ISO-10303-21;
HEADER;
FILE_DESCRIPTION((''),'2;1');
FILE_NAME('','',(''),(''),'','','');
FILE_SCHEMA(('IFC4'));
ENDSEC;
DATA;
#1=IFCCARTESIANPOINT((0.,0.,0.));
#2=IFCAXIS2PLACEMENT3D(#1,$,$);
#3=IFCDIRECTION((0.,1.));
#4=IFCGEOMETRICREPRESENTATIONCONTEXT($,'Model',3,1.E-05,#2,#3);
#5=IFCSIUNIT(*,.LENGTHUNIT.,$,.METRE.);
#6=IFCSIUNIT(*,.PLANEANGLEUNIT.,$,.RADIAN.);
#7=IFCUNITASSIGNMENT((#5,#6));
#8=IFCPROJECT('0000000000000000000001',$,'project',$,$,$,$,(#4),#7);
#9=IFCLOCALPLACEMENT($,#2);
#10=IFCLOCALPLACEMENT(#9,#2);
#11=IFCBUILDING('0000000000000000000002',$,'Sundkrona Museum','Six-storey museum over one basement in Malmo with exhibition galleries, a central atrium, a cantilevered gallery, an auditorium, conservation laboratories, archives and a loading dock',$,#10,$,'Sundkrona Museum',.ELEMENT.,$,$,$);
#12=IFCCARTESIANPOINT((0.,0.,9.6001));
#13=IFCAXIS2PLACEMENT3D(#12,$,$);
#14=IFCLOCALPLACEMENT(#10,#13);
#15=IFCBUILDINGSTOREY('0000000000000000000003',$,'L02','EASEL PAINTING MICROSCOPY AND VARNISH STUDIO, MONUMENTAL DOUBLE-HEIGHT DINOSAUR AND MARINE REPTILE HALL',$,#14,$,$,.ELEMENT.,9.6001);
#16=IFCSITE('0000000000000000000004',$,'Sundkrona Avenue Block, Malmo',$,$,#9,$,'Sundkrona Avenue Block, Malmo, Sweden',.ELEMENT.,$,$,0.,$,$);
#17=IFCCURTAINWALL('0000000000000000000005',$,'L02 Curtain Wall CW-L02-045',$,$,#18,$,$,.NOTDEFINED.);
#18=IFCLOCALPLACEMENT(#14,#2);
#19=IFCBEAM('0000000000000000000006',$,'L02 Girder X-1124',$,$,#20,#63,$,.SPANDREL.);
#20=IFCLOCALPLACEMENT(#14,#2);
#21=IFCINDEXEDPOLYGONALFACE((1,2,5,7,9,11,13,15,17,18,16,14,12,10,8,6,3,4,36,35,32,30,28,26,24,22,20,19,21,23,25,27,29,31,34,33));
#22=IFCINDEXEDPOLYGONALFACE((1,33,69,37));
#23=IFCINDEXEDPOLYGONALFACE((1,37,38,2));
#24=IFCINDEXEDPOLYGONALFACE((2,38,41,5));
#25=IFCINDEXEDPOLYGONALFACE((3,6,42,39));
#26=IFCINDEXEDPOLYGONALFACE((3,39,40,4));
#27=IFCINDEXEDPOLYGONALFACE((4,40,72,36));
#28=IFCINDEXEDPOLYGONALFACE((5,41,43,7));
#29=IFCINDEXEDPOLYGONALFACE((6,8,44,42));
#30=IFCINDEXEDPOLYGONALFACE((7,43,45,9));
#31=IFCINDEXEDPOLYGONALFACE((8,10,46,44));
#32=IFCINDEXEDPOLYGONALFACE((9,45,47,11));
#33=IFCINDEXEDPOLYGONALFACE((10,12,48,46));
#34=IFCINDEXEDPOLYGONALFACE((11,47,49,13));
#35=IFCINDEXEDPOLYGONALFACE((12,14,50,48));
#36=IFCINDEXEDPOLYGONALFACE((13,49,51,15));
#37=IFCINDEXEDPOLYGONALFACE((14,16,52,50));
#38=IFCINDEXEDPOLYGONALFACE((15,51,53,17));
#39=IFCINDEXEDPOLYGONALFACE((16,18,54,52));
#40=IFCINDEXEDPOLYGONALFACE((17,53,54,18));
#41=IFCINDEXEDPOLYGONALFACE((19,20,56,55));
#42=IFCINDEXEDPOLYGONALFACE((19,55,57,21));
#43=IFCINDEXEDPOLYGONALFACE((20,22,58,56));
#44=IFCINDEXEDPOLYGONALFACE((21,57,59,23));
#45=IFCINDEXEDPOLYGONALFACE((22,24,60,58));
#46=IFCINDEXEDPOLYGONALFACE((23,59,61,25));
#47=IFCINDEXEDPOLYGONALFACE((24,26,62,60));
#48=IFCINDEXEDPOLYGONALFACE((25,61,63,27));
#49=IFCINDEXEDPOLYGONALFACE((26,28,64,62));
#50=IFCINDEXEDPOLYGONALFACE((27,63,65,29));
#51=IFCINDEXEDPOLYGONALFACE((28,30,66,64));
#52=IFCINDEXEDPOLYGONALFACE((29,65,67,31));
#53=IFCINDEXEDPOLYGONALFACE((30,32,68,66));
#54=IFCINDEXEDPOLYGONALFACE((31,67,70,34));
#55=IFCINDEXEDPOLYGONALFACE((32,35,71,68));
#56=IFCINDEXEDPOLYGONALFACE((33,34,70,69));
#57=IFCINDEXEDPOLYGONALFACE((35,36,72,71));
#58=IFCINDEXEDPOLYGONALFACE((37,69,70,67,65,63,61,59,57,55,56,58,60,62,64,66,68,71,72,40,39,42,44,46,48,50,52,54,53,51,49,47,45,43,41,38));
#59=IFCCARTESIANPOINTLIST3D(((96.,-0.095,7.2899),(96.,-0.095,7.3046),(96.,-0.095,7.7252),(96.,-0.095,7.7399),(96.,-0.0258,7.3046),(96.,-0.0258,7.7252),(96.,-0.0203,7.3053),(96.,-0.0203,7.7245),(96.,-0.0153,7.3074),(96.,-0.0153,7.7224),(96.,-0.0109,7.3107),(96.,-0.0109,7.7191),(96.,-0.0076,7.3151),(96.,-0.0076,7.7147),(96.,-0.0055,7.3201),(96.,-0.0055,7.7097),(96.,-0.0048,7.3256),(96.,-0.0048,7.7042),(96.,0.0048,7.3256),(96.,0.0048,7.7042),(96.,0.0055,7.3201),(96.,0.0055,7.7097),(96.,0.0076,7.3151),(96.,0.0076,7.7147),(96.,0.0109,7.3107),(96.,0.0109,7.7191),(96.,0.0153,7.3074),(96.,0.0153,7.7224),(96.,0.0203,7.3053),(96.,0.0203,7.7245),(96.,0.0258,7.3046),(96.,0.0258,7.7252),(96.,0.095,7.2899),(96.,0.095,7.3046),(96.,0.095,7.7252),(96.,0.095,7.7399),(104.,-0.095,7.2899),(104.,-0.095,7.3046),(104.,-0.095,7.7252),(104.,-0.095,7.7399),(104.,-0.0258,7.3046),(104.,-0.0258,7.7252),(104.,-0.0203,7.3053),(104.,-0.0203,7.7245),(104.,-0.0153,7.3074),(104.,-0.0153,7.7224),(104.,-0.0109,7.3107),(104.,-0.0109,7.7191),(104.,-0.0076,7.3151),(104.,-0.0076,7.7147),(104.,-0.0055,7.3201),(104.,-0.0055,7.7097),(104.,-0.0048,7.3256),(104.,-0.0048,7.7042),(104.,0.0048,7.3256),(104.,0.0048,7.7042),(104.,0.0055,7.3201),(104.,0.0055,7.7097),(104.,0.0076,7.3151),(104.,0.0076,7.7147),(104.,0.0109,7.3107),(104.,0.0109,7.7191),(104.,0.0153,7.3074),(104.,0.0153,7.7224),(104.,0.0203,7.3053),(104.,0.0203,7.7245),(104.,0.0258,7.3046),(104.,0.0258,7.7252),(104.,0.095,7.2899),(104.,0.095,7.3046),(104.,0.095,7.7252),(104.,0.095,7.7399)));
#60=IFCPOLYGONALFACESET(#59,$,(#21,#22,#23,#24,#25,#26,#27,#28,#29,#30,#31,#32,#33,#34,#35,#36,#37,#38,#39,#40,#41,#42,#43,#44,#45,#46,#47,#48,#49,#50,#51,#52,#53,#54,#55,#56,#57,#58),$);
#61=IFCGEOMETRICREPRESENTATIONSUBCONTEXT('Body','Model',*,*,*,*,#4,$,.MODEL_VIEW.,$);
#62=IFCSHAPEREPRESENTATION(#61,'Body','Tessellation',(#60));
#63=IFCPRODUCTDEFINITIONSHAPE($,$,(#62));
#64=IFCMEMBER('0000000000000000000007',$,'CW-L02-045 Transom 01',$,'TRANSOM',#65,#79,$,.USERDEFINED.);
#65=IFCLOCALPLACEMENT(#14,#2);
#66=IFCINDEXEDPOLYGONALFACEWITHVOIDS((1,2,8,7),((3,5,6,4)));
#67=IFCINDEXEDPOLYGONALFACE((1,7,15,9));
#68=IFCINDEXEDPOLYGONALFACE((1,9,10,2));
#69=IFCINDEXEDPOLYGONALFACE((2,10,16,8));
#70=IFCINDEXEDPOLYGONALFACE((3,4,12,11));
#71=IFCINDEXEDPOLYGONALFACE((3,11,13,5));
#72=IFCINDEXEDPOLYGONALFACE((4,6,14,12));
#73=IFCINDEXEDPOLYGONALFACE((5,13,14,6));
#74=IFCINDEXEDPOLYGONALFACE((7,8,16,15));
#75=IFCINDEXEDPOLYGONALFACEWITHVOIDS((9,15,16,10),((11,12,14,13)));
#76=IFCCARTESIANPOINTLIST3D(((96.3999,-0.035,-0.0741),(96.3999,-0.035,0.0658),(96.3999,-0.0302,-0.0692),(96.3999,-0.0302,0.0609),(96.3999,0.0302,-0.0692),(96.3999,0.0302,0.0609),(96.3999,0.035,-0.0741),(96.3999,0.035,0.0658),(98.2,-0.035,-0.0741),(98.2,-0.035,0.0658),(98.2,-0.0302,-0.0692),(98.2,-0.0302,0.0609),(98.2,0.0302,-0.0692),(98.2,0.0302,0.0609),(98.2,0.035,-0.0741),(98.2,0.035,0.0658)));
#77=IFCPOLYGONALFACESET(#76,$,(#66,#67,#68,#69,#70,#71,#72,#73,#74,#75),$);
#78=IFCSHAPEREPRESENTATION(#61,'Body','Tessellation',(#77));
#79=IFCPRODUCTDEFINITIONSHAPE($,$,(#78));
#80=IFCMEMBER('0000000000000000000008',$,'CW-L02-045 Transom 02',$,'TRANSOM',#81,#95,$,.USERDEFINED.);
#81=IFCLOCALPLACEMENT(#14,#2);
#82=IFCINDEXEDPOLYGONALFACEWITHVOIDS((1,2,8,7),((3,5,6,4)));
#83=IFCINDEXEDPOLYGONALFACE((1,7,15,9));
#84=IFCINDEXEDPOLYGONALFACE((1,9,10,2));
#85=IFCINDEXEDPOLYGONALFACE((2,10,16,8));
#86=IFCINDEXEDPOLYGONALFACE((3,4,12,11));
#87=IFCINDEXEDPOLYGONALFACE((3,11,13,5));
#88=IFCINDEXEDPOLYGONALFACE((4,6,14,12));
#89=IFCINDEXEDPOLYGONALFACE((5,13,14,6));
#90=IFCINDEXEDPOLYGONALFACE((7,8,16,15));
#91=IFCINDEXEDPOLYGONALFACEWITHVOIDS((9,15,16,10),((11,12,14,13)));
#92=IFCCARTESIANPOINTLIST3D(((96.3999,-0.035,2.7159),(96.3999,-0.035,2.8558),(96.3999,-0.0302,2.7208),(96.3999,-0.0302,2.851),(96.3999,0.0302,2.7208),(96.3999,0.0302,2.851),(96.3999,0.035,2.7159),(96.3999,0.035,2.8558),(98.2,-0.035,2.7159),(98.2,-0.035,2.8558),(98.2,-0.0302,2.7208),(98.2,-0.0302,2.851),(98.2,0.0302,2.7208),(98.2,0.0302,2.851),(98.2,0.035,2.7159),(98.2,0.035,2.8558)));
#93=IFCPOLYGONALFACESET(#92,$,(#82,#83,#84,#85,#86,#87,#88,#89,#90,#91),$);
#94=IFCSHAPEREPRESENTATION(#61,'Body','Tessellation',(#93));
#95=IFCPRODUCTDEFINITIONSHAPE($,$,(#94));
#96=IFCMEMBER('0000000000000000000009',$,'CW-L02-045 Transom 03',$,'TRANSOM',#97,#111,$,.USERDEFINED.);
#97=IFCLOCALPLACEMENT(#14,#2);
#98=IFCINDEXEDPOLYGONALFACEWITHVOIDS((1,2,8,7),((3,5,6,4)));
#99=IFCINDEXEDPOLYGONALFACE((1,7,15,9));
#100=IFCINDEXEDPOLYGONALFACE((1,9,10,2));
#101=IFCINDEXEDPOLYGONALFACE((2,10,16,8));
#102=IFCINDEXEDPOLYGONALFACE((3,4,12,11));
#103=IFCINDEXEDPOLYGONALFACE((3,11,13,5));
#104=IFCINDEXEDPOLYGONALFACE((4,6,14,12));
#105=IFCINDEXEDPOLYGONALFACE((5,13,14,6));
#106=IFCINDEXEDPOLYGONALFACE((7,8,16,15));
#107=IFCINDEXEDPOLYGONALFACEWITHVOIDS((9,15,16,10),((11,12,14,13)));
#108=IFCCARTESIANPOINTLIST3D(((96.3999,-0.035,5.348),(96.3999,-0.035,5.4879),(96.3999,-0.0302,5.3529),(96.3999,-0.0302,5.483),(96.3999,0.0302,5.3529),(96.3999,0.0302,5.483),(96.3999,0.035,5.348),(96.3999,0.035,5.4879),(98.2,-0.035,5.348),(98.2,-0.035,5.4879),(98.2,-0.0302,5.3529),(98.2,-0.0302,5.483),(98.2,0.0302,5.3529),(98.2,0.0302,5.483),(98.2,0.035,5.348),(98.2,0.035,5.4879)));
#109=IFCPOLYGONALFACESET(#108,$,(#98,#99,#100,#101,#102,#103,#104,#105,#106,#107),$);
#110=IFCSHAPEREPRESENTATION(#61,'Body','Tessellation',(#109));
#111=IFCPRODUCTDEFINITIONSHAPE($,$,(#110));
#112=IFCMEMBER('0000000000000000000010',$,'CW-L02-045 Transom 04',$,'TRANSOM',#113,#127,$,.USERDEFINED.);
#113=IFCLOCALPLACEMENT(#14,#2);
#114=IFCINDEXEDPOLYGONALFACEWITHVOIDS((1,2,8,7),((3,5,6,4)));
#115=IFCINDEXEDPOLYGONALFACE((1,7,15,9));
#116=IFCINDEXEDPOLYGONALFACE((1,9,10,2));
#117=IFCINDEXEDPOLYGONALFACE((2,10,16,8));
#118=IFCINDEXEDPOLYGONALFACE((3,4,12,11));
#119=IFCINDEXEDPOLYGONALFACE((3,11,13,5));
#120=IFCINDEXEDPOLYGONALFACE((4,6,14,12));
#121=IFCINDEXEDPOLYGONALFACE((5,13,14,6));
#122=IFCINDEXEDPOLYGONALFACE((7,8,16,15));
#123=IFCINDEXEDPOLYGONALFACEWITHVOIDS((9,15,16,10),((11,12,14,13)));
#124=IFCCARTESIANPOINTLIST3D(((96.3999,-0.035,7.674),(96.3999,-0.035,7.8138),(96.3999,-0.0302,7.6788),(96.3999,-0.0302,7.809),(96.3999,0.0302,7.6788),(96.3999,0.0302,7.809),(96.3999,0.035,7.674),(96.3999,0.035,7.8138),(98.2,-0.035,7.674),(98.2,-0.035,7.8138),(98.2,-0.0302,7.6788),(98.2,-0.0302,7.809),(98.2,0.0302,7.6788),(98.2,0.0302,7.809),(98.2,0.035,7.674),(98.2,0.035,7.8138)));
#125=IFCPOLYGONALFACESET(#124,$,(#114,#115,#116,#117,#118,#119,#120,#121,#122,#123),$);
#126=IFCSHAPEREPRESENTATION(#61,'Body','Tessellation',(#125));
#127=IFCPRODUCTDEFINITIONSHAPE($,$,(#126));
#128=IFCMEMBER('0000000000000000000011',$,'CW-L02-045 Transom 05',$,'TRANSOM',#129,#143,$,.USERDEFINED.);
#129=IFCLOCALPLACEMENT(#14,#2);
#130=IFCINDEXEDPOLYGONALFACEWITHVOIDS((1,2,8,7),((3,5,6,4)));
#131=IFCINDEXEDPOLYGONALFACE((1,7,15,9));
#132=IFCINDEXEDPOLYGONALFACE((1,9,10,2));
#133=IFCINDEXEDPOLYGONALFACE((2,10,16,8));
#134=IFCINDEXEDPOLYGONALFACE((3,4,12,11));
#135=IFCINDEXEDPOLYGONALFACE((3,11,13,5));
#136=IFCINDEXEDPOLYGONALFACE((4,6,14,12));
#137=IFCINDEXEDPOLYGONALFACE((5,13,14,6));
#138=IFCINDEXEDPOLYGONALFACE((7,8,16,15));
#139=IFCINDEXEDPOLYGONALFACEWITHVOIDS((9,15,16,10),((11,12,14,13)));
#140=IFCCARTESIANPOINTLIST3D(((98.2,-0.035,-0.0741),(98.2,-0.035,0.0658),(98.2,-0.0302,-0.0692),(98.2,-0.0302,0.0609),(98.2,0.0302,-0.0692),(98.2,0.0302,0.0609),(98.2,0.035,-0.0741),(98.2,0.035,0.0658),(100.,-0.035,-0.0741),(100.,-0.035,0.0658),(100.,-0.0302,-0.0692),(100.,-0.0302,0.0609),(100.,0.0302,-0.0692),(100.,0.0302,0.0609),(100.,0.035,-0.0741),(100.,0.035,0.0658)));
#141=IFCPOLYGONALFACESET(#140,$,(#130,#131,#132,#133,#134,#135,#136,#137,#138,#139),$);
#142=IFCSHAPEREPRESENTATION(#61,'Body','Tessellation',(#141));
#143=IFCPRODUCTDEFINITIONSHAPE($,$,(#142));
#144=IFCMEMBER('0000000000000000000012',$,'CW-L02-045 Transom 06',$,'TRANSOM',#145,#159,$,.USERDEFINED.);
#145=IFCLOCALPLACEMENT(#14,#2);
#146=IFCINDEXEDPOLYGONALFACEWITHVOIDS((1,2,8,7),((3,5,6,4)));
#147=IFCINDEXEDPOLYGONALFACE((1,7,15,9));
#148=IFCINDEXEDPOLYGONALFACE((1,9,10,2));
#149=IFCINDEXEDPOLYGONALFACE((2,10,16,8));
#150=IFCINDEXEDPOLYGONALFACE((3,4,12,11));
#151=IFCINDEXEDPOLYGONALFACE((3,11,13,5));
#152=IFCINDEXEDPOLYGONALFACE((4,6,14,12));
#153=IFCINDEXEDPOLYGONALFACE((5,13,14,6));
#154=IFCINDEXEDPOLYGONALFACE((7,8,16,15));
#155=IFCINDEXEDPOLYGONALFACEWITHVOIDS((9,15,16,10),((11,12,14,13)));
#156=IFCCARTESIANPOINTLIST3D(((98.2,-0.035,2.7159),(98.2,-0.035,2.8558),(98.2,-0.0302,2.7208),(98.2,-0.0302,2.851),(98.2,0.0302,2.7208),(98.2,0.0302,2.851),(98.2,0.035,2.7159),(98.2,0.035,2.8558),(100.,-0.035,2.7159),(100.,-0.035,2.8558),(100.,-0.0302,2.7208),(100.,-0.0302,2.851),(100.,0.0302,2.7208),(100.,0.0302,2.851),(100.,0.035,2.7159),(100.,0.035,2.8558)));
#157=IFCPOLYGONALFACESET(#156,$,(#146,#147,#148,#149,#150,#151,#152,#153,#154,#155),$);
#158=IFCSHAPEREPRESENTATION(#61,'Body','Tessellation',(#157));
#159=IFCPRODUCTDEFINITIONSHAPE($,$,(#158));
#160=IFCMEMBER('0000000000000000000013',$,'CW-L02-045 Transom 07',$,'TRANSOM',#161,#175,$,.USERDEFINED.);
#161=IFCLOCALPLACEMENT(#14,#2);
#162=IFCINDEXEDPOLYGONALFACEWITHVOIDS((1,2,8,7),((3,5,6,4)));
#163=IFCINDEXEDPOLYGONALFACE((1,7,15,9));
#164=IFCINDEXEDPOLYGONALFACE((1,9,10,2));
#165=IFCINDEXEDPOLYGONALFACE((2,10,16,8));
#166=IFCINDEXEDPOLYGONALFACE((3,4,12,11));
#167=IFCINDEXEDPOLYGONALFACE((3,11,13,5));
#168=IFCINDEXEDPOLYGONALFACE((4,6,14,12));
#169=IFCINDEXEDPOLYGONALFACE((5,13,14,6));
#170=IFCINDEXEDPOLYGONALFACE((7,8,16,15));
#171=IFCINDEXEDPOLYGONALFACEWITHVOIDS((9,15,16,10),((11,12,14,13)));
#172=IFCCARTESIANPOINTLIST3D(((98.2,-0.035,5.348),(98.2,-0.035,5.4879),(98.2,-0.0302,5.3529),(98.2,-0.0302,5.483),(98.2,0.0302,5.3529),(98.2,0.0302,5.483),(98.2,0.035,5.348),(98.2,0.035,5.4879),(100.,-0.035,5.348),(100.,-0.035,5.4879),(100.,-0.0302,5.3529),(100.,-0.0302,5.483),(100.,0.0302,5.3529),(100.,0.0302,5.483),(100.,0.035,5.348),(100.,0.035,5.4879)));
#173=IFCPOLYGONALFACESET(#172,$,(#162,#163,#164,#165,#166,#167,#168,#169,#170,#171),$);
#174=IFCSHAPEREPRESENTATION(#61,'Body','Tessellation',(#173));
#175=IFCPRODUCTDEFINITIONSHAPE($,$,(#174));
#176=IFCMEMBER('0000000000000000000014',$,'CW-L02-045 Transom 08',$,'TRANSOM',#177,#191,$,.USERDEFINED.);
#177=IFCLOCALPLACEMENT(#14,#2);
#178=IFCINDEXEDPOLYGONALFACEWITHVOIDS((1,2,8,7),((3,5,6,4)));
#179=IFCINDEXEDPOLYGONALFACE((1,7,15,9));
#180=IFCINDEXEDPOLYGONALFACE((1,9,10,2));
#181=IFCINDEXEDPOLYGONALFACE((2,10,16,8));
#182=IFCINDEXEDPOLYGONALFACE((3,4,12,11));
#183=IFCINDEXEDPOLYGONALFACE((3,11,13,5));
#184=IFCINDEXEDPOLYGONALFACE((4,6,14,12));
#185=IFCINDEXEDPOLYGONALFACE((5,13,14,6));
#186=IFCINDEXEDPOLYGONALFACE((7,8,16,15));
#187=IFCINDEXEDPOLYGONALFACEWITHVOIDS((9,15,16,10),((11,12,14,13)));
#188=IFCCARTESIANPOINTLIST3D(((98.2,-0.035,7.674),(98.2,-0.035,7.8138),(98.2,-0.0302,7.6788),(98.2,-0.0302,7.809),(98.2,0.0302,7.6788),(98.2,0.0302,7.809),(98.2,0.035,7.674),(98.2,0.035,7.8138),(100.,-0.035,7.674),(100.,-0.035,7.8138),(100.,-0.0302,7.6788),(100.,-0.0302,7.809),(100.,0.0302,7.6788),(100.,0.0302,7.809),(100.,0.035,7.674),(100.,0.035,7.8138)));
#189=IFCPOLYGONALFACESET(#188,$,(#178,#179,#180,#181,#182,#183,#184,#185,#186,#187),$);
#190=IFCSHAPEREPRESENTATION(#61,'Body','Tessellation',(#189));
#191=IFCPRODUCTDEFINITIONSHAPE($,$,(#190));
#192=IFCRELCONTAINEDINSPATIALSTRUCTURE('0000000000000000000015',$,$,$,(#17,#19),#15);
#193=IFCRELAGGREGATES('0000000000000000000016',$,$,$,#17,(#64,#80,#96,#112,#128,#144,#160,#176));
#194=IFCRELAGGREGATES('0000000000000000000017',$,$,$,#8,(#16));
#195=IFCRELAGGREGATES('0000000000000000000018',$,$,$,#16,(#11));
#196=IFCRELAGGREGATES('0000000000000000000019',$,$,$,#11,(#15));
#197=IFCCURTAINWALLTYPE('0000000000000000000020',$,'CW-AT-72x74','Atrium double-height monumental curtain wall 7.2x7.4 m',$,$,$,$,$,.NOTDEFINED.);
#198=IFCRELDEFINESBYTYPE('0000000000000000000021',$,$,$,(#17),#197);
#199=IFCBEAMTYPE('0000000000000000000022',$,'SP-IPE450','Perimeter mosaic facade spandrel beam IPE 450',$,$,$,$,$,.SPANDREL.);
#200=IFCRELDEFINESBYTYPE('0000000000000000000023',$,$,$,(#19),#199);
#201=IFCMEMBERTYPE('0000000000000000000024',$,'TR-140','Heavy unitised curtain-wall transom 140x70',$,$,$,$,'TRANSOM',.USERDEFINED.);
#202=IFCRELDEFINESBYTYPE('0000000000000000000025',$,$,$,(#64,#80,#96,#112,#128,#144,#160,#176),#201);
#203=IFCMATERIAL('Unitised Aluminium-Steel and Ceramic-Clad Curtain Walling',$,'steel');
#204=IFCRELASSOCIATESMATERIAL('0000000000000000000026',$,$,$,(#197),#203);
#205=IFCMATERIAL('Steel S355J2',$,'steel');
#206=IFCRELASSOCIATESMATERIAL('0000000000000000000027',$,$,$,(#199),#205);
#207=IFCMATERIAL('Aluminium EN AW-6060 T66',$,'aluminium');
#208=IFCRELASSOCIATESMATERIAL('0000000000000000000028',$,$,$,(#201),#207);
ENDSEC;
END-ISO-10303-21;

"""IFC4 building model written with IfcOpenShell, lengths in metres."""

from ifc_helpers import new_model, si_unit, direction, frame, origin, origin_2d, place, context, subcontext, project, spatial, hollow_rectangle, i_section, extrude, material, material_profile, profile_set, type_object, element, aggregate, save


model = new_model("IFC4")

# Units and contexts
model_context = context("Model", 3, precision=1e-05, world=origin(), true_north=direction((0.0, 1.0)))
body_context = subcontext(model_context, "Body", "Model", "MODEL_VIEW")
ifc_project = project(units=[si_unit("LENGTHUNIT", "METRE"), si_unit("PLANEANGLEUNIT", "RADIAN")], contexts=[model_context])

# Site, building, storey
site_placement = place(None, origin())
site = spatial("IfcSite", under=ifc_project, at=site_placement, Name="Sundkrona Avenue Block, Malmo", LongName="Sundkrona Avenue Block, Malmo, Sweden", CompositionType="ELEMENT", RefElevation=0.0)
building_placement = place(site_placement, origin())
building = spatial("IfcBuilding", under=site, at=building_placement, Name="Sundkrona Museum", Description="Six-storey museum over one basement in Malmo with exhibition galleries, a central atrium, a cantilevered gallery, an auditorium, conservation laboratories, archives and a loading dock", LongName="Sundkrona Museum", CompositionType="ELEMENT")
storey_placement = place(building_placement, frame((0.0, 0.0, 9.6001)))
storey = spatial("IfcBuildingStorey", under=building, at=storey_placement, Name="L02", Description="EASEL PAINTING MICROSCOPY AND VARNISH STUDIO, MONUMENTAL DOUBLE-HEIGHT DINOSAUR AND MARINE REPTILE HALL", CompositionType="ELEMENT", Elevation=9.6001)

# Shared definitions
ifc_material_1 = material(Name="Steel S355J2", Category="steel")

# Curtain wall
ifc_material_2 = material(Name="Unitised Aluminium-Steel and Ceramic-Clad Curtain Walling", Category="steel")
curtain_wall_type = type_object("IfcCurtainWallType", Name="CW-AT-72x74", Description="Atrium double-height monumental curtain wall 7.2x7.4 m", PredefinedType="NOTDEFINED", material=ifc_material_2)
curtain_wall_placement = place(storey_placement, origin())
curtain_wall = element("IfcCurtainWall", 1, at=curtain_wall_placement, inside=storey, type_object=curtain_wall_type, Name="L02 Curtain Wall CW-L02-045", PredefinedType="NOTDEFINED")
ifc_material_3 = material(Name="Aluminium EN AW-6060 T66", Category="aluminium")

# Beam
ifc_material_profile_1 = material_profile(ifc_material_1, i_section(OverallWidth=0.1899, OverallDepth=0.45, WebThickness=0.0095, FlangeThickness=0.0146, FilletRadius=0.021, at=origin_2d()), Name="IPE 450")
ifc_profile_set_1 = profile_set([ifc_material_profile_1], Name="Steel S355J2")
beam_type_1 = type_object("IfcBeamType", Name="SP-IPE450", Description="Perimeter mosaic facade spandrel beam IPE 450", PredefinedType="SPANDREL", material=ifc_profile_set_1)
beam_1_placement = place(storey_placement, frame((96.0, 0.0, 7.5149), z_axis=(1.0, 0.0, 0.0), x_axis=(0.0, 1.0, 0.0)))
element("IfcBeam", 2, at=beam_1_placement, inside=storey, type_object=beam_type_1, Name="L02 Girder X-1124", PredefinedType="SPANDREL", context=body_context, shape_type="SweptSolid", body=[
    extrude(i_section(OverallWidth=0.1899, OverallDepth=0.45, WebThickness=0.0095, FlangeThickness=0.0146, FilletRadius=0.021, at=origin_2d()), origin(), (0.0, 0.0, 1.0), 8.0),
])

# Members
ifc_material_profile_2 = material_profile(ifc_material_3, hollow_rectangle(XDim=0.0701, YDim=0.1399, WallThickness=0.0049, at=origin_2d()), Name="RHS 140x70x5.0")
ifc_profile_set_2 = profile_set([ifc_material_profile_2], Name="Aluminium EN AW-6060 T66")
member_type_1 = type_object("IfcMemberType", Name="TR-140", Description="Heavy unitised curtain-wall transom 140x70", ElementType="TRANSOM", PredefinedType="USERDEFINED", material=ifc_profile_set_2)
member_1_placement = place(storey_placement, frame((96.3999, 0.0, -0.0042), z_axis=(1.0, 0.0, 0.0), x_axis=(0.0, 1.0, 0.0)))
member_1 = element("IfcMember", 3, at=member_1_placement, type_object=member_type_1, Name="CW-L02-045 Transom 01", ObjectType="TRANSOM", PredefinedType="USERDEFINED", context=body_context, shape_type="SweptSolid", body=[
    extrude(hollow_rectangle(XDim=0.0701, YDim=0.1399, WallThickness=0.0049, at=origin_2d()), origin(), (0.0, 0.0, 1.0), 1.8),
])
member_2_placement = place(storey_placement, frame((96.3999, 0.0, 2.7859), z_axis=(1.0, 0.0, 0.0), x_axis=(0.0, 1.0, 0.0)))
member_2 = element("IfcMember", 4, at=member_2_placement, type_object=member_type_1, Name="CW-L02-045 Transom 02", ObjectType="TRANSOM", PredefinedType="USERDEFINED", context=body_context, shape_type="SweptSolid", body=[
    extrude(hollow_rectangle(XDim=0.0701, YDim=0.1399, WallThickness=0.0049, at=origin_2d()), origin(), (0.0, 0.0, 1.0), 1.8),
])
member_3_placement = place(storey_placement, frame((96.3999, 0.0, 5.418), z_axis=(1.0, 0.0, 0.0), x_axis=(0.0, 1.0, 0.0)))
member_3 = element("IfcMember", 5, at=member_3_placement, type_object=member_type_1, Name="CW-L02-045 Transom 03", ObjectType="TRANSOM", PredefinedType="USERDEFINED", context=body_context, shape_type="SweptSolid", body=[
    extrude(hollow_rectangle(XDim=0.0701, YDim=0.1399, WallThickness=0.0049, at=origin_2d()), origin(), (0.0, 0.0, 1.0), 1.8),
])
member_4_placement = place(storey_placement, frame((96.3999, 0.0, 7.7439), z_axis=(1.0, 0.0, 0.0), x_axis=(0.0, 1.0, 0.0)))
member_4 = element("IfcMember", 6, at=member_4_placement, type_object=member_type_1, Name="CW-L02-045 Transom 04", ObjectType="TRANSOM", PredefinedType="USERDEFINED", context=body_context, shape_type="SweptSolid", body=[
    extrude(hollow_rectangle(XDim=0.0701, YDim=0.1399, WallThickness=0.0049, at=origin_2d()), origin(), (0.0, 0.0, 1.0), 1.8),
])
member_5_placement = place(storey_placement, frame((98.2, 0.0, -0.0042), z_axis=(1.0, 0.0, 0.0), x_axis=(0.0, 1.0, 0.0)))
member_5 = element("IfcMember", 7, at=member_5_placement, type_object=member_type_1, Name="CW-L02-045 Transom 05", ObjectType="TRANSOM", PredefinedType="USERDEFINED", context=body_context, shape_type="SweptSolid", body=[
    extrude(hollow_rectangle(XDim=0.0701, YDim=0.1399, WallThickness=0.0049, at=origin_2d()), origin(), (0.0, 0.0, 1.0), 1.8),
])
member_6_placement = place(storey_placement, frame((98.2, 0.0, 2.7859), z_axis=(1.0, 0.0, 0.0), x_axis=(0.0, 1.0, 0.0)))
member_6 = element("IfcMember", 8, at=member_6_placement, type_object=member_type_1, Name="CW-L02-045 Transom 06", ObjectType="TRANSOM", PredefinedType="USERDEFINED", context=body_context, shape_type="SweptSolid", body=[
    extrude(hollow_rectangle(XDim=0.0701, YDim=0.1399, WallThickness=0.0049, at=origin_2d()), origin(), (0.0, 0.0, 1.0), 1.8),
])
member_7_placement = place(storey_placement, frame((98.2, 0.0, 5.418), z_axis=(1.0, 0.0, 0.0), x_axis=(0.0, 1.0, 0.0)))
member_7 = element("IfcMember", 9, at=member_7_placement, type_object=member_type_1, Name="CW-L02-045 Transom 07", ObjectType="TRANSOM", PredefinedType="USERDEFINED", context=body_context, shape_type="SweptSolid", body=[
    extrude(hollow_rectangle(XDim=0.0701, YDim=0.1399, WallThickness=0.0049, at=origin_2d()), origin(), (0.0, 0.0, 1.0), 1.8),
])
member_8_placement = place(storey_placement, frame((98.2, 0.0, 7.7439), z_axis=(1.0, 0.0, 0.0), x_axis=(0.0, 1.0, 0.0)))
member_8 = element("IfcMember", 10, at=member_8_placement, type_object=member_type_1, Name="CW-L02-045 Transom 08", ObjectType="TRANSOM", PredefinedType="USERDEFINED", context=body_context, shape_type="SweptSolid", body=[
    extrude(hollow_rectangle(XDim=0.0701, YDim=0.1399, WallThickness=0.0049, at=origin_2d()), origin(), (0.0, 0.0, 1.0), 1.8),
])

aggregate(curtain_wall, [member_1, member_2, member_3, member_4, member_5, member_6, member_7, member_8])

save(model, "model.ifc")
